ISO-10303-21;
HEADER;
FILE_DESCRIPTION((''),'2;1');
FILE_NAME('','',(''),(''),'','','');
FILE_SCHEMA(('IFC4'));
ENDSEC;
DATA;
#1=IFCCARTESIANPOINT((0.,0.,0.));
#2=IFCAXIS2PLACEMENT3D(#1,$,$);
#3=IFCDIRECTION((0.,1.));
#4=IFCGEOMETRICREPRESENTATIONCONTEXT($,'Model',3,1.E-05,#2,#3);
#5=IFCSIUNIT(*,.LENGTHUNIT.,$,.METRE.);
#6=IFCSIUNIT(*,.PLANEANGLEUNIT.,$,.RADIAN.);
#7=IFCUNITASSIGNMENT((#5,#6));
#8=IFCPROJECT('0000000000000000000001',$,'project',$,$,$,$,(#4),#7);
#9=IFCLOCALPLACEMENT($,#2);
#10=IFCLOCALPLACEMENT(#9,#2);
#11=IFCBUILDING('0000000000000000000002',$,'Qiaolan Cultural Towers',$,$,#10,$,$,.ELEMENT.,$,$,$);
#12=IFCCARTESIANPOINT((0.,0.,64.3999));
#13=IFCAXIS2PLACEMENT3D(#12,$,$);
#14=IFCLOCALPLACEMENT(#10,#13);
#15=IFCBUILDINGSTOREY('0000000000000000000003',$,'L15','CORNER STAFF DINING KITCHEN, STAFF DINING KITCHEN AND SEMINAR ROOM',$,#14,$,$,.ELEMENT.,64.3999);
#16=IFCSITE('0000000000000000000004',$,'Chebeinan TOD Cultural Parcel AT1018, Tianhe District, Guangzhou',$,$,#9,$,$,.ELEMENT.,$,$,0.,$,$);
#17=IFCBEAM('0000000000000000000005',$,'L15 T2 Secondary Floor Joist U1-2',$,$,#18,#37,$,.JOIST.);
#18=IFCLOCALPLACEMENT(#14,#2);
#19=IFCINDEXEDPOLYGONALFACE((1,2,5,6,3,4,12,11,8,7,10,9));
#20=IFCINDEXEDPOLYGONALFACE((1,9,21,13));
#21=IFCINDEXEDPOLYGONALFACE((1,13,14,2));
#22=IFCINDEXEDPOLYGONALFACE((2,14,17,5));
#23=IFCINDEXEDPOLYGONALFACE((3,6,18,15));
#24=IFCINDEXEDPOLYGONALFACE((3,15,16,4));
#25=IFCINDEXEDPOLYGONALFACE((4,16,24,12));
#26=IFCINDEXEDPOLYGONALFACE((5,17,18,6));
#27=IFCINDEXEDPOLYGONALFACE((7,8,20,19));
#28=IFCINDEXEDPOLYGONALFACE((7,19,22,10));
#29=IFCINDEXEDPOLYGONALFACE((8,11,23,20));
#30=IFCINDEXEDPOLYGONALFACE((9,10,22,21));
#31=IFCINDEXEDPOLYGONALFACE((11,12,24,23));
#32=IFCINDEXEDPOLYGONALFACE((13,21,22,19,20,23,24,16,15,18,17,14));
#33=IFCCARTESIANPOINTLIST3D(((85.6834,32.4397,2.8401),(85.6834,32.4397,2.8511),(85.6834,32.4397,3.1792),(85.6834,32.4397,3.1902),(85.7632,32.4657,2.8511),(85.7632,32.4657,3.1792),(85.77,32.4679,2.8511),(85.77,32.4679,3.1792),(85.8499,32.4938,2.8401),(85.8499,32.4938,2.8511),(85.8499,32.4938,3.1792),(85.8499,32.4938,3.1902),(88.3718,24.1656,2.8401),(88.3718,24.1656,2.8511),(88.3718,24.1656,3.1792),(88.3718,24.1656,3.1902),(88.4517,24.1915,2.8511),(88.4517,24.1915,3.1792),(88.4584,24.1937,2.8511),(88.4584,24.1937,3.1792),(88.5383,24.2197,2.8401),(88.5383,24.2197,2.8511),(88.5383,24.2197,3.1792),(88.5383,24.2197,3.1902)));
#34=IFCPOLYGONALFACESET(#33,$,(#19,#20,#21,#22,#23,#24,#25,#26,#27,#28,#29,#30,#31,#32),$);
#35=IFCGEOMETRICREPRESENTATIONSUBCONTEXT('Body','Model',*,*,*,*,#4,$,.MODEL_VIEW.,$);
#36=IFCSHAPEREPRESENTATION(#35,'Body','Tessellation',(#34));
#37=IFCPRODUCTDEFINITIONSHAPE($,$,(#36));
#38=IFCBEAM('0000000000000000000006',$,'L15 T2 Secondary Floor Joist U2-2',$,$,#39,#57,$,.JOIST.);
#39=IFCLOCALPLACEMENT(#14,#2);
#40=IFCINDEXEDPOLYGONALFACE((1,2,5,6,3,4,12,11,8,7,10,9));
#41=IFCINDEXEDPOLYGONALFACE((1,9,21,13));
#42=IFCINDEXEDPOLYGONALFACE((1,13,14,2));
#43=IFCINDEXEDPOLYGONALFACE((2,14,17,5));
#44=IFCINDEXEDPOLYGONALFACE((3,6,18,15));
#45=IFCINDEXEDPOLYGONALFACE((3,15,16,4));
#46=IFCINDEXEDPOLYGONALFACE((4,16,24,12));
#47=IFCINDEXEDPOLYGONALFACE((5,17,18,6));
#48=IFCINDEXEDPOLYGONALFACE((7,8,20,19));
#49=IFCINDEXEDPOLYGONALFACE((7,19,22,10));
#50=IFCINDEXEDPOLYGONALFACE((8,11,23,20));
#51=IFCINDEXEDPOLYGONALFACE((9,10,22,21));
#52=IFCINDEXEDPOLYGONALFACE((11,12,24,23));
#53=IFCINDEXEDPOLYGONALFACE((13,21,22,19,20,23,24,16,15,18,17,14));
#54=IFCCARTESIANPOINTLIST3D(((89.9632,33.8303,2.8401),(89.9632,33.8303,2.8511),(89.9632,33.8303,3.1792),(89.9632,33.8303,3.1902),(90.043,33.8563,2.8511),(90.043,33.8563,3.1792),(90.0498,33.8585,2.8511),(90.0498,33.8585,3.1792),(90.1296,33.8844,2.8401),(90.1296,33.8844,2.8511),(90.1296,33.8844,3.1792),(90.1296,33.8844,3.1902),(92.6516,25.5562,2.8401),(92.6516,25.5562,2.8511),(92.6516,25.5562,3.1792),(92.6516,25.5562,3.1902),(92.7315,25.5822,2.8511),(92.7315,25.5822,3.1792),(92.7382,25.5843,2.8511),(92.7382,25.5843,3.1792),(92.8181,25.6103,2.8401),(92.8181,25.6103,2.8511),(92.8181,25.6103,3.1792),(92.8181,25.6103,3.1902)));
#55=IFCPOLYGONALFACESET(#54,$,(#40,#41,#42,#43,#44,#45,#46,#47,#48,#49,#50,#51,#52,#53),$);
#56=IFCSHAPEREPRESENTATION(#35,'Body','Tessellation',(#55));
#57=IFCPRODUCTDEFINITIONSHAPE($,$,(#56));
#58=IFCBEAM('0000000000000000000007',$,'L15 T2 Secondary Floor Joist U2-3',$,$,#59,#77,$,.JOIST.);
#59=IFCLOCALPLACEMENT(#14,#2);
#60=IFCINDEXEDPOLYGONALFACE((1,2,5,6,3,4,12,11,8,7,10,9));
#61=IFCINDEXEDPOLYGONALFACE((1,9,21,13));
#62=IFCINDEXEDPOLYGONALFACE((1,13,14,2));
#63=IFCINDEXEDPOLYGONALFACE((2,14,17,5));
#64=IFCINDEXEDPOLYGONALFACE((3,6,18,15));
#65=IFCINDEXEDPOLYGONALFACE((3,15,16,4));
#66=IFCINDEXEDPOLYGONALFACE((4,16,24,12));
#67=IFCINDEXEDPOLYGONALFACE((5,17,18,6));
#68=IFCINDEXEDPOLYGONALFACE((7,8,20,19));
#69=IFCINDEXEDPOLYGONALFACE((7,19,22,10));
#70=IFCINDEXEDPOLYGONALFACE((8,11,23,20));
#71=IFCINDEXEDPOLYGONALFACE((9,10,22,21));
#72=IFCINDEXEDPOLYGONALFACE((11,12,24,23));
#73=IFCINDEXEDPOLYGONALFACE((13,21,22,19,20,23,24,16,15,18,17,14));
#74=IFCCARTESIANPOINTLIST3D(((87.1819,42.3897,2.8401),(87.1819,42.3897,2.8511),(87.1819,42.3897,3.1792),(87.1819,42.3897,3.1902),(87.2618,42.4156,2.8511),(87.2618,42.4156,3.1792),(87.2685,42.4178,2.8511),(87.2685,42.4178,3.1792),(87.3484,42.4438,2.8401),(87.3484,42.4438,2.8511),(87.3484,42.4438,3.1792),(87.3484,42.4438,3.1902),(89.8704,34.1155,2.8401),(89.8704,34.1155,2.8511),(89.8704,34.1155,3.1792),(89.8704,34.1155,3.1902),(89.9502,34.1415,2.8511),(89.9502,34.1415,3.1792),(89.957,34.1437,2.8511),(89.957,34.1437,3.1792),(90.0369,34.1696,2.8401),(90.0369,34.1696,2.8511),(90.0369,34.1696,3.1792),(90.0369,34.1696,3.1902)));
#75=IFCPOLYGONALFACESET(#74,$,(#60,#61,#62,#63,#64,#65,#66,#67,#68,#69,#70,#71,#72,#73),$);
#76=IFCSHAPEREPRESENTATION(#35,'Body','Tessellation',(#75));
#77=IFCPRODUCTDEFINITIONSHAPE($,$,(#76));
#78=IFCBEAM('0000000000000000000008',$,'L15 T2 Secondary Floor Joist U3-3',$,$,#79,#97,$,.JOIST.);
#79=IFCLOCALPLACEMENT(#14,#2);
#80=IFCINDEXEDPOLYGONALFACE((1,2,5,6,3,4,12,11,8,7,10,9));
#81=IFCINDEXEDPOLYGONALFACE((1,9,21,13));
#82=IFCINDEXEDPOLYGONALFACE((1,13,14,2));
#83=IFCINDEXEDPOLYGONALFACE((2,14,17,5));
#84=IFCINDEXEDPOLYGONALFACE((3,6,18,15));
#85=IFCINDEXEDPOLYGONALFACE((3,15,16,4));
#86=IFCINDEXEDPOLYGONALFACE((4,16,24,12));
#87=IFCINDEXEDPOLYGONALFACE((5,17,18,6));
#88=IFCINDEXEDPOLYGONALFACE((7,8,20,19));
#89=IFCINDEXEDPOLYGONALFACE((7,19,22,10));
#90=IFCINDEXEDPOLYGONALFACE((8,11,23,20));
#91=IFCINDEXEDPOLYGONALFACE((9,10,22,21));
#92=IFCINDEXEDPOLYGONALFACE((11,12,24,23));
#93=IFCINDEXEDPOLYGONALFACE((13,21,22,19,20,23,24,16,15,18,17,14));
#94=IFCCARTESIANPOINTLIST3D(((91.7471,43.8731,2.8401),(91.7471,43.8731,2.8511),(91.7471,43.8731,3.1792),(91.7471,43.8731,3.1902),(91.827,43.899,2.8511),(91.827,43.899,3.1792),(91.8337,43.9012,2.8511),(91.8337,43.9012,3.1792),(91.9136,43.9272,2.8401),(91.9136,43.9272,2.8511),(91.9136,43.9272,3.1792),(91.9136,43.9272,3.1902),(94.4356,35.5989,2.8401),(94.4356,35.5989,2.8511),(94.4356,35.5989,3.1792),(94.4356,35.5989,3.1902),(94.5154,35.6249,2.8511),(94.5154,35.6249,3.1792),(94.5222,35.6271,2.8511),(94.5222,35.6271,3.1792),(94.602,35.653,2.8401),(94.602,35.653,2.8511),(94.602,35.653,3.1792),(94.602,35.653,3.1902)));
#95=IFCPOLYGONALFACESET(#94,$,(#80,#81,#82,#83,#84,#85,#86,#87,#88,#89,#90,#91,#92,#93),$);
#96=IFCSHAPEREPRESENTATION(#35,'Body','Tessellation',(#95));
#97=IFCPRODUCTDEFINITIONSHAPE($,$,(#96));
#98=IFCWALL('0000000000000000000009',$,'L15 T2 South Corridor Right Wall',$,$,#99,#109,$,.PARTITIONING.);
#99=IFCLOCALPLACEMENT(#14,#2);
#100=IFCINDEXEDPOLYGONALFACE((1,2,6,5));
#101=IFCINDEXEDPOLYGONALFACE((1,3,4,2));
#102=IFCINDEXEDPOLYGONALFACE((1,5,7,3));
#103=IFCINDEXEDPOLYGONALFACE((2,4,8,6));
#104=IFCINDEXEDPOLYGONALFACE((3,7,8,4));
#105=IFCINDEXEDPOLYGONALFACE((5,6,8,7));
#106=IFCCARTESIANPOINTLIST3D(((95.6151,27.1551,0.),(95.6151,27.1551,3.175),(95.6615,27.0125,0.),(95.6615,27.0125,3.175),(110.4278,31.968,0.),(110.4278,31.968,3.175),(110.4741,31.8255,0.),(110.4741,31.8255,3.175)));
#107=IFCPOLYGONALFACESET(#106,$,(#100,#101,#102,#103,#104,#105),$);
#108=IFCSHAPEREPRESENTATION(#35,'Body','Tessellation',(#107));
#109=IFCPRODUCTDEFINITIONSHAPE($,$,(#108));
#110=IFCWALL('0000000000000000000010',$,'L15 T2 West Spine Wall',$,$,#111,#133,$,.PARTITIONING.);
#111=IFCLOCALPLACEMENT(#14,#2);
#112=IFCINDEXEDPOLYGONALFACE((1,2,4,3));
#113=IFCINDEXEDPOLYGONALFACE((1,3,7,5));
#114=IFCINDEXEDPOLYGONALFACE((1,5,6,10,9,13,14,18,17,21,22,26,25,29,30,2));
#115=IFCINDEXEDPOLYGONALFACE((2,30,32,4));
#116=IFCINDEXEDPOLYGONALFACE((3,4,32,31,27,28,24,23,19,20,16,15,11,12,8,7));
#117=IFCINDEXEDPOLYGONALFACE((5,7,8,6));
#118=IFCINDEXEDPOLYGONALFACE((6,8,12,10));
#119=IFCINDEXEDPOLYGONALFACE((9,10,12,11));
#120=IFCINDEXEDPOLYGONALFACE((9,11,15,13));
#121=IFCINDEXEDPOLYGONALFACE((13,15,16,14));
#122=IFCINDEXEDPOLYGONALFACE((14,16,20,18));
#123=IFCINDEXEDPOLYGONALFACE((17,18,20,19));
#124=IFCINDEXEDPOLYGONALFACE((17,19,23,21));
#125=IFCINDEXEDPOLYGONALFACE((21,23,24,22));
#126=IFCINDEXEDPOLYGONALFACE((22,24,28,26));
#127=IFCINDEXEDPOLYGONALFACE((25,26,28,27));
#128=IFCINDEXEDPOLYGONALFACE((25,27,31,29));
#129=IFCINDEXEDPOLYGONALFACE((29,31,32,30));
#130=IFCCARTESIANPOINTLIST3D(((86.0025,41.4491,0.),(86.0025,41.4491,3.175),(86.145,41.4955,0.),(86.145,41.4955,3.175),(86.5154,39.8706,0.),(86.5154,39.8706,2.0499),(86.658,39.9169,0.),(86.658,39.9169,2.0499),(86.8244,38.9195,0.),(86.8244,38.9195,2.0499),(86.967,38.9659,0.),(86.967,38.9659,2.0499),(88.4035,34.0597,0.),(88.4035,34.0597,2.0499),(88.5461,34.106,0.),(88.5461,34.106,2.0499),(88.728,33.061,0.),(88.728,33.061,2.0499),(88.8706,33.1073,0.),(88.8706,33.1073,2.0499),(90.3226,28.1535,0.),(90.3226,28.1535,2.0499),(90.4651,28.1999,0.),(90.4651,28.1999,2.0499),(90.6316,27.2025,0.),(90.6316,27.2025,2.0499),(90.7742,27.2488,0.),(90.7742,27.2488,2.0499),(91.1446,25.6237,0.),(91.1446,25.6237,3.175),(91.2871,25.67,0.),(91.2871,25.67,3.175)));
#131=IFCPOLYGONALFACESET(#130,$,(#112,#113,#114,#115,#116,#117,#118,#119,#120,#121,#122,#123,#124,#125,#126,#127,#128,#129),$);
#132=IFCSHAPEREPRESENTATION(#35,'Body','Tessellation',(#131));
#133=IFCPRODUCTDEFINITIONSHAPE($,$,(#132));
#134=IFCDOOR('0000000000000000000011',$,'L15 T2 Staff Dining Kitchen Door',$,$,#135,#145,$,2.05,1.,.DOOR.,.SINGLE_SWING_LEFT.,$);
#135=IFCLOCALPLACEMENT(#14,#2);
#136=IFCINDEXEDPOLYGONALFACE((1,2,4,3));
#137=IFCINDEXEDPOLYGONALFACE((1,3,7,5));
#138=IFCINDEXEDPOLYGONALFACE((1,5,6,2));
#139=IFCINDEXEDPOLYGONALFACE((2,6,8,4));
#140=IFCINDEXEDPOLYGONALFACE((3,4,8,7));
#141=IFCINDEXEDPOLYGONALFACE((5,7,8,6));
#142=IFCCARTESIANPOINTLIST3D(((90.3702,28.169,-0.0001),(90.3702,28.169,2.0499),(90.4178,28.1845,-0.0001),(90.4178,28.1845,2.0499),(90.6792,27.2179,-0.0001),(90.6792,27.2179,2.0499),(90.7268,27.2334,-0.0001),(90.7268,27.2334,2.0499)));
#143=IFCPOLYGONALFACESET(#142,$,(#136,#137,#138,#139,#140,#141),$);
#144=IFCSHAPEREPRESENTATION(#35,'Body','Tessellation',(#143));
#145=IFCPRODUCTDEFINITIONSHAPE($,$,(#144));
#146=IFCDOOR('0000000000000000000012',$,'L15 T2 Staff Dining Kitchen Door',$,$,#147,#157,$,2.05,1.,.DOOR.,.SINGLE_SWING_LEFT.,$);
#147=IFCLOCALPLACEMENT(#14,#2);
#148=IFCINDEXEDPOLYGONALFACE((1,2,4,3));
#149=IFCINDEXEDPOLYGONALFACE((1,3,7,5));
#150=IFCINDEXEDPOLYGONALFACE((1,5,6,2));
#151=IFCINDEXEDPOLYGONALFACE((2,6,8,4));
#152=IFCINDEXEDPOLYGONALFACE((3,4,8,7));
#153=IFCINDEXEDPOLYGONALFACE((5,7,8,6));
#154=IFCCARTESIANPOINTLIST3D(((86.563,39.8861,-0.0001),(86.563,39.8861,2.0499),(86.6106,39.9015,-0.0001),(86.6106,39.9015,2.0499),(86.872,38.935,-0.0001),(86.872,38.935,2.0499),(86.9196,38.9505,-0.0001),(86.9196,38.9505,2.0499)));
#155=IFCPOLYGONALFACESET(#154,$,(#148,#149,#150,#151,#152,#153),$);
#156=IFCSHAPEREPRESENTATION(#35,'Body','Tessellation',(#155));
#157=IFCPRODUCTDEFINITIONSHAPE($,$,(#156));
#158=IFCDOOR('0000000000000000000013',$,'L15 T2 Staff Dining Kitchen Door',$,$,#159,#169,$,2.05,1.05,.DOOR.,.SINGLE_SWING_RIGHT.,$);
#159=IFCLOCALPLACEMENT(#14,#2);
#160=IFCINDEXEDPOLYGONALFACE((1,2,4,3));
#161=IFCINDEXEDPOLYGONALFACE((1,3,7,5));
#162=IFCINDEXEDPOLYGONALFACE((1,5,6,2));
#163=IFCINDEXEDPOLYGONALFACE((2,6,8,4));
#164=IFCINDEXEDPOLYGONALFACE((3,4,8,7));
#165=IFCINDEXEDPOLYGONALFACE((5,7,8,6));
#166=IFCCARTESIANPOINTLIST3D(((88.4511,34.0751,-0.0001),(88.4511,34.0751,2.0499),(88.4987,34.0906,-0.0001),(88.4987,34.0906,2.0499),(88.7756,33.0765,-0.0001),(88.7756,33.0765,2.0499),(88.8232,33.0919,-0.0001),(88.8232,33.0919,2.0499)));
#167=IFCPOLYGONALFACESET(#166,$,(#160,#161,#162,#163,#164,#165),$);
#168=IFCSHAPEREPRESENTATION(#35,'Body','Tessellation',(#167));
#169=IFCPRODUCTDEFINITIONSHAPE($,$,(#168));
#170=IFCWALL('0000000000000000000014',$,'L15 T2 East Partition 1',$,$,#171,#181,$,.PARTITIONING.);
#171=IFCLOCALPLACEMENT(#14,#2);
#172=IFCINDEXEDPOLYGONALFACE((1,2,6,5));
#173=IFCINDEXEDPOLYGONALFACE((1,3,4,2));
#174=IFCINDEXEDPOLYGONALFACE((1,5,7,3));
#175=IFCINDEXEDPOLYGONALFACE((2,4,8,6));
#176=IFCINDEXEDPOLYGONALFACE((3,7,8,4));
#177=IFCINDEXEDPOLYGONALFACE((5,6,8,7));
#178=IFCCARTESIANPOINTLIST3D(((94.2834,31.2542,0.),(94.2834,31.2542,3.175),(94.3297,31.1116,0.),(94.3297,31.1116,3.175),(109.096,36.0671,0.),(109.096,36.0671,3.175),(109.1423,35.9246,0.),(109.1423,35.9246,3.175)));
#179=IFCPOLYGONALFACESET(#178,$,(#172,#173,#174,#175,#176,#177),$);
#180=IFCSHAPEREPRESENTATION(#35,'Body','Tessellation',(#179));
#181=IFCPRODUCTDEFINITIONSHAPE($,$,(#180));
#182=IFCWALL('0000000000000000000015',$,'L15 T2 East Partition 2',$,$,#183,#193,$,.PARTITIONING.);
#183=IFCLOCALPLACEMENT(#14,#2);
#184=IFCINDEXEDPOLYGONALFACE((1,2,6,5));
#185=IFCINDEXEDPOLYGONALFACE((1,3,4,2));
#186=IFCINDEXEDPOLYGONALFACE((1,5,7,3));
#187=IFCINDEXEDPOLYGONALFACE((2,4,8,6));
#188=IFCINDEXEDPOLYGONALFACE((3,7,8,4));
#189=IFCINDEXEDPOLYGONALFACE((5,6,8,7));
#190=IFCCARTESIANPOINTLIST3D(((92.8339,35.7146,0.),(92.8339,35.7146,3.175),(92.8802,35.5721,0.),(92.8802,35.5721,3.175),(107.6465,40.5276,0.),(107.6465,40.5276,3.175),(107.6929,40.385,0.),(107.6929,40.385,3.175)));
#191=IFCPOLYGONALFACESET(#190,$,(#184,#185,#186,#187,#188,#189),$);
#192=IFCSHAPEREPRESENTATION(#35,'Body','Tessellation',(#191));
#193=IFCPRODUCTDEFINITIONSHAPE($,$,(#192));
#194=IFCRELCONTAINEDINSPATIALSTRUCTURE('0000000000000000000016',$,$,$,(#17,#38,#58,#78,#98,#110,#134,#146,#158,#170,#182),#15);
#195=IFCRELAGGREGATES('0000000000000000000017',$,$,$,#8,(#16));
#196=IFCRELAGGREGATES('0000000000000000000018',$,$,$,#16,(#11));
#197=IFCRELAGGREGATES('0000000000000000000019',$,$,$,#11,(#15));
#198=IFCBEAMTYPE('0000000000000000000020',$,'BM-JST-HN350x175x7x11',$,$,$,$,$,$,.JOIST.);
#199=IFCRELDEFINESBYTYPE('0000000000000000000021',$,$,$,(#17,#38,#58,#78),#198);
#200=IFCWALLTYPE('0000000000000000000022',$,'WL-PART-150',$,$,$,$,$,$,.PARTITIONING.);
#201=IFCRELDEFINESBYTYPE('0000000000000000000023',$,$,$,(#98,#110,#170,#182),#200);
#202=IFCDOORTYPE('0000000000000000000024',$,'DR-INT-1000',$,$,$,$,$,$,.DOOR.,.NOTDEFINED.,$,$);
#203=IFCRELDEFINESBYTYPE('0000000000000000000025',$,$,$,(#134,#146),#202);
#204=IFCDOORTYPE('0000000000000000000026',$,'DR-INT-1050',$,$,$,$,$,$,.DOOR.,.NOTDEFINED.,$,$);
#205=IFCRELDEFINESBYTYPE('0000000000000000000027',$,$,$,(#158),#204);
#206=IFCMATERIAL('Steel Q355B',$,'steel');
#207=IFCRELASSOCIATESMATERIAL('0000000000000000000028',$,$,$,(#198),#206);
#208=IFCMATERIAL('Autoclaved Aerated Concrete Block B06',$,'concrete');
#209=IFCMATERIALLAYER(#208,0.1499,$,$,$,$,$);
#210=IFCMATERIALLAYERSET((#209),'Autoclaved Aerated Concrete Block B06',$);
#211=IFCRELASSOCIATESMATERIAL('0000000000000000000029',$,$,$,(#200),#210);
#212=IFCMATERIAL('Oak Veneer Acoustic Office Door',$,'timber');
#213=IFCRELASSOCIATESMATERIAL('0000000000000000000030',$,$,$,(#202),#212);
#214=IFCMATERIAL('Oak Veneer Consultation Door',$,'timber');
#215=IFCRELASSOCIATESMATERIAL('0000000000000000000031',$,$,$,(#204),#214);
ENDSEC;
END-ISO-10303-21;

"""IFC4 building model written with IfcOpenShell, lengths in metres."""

from ifc_helpers import new_model, si_unit, direction, frame, frame_2d, origin, origin_2d, place, context, subcontext, project, spatial, rectangle, i_section, extrude, material, layer, layer_set, material_profile, profile_set, type_object, element, fill, save


model = new_model("IFC4")

# Units and contexts
model_context = context("Model", 3, precision=1e-05, world=origin(), true_north=direction((0.0, 1.0)))
body_context = subcontext(model_context, "Body", "Model", "MODEL_VIEW")
ifc_project = project(units=[si_unit("LENGTHUNIT", "METRE"), si_unit("PLANEANGLEUNIT", "RADIAN")], contexts=[model_context])

# Site, building, storey
site_placement = place(None, origin())
site = spatial("IfcSite", under=ifc_project, at=site_placement, Name="Chebeinan TOD Cultural Parcel AT1018, Tianhe District, Guangzhou", CompositionType="ELEMENT", RefElevation=0.0)
building_placement = place(site_placement, origin())
building = spatial("IfcBuilding", under=site, at=building_placement, Name="Qiaolan Cultural Towers", CompositionType="ELEMENT")
storey_placement = place(building_placement, frame((0.0, 0.0, 64.3999)))
storey = spatial("IfcBuildingStorey", under=building, at=storey_placement, Name="L15", Description="CORNER STAFF DINING KITCHEN, STAFF DINING KITCHEN AND SEMINAR ROOM", CompositionType="ELEMENT", Elevation=64.3999)

# Beams
ifc_material_1 = material(Name="Steel Q355B", Category="steel")
ifc_material_profile = material_profile(ifc_material_1, i_section(OverallWidth=0.175, OverallDepth=0.3501, WebThickness=0.0071, FlangeThickness=0.011, at=origin_2d()), Name="HN350x175x7x11")
ifc_profile_set = profile_set([ifc_material_profile], Name="Steel Q355B")
beam_type = type_object("IfcBeamType", Name="BM-JST-HN350x175x7x11", PredefinedType="JOIST", material=ifc_profile_set)
for number, where, z_axis, x_axis, name in (
    (1, (88.4551, 24.1926, 3.0151), (-0.309021, 0.951055, 0.0), (-0.951055, -0.309021, 0.0), "L15 T2 Secondary Floor Joist U1-2"),
    (2, (92.7349, 25.5833, 3.0151), (-0.309021, 0.951055, 0.0), (-0.951055, -0.309021, 0.0), "L15 T2 Secondary Floor Joist U2-2"),
    (3, (89.9536, 34.1426, 3.0151), (-0.309021, 0.951055, 0.0), (-0.951055, -0.309021, 0.0), "L15 T2 Secondary Floor Joist U2-3"),
    (4, (94.5188, 35.626, 3.0151), (-0.309021, 0.951055, 0.0), (-0.951055, -0.309021, 0.0), "L15 T2 Secondary Floor Joist U3-3"),
):
    element("IfcBeam", number, at=place(storey_placement, frame(where, z_axis=z_axis, x_axis=x_axis)), inside=storey, type_object=beam_type, Name=name, PredefinedType="JOIST", context=body_context, shape_type="SweptSolid", body=[
        extrude(i_section(OverallWidth=0.175, OverallDepth=0.3501, WebThickness=0.0071, FlangeThickness=0.011, at=origin_2d()), origin(), (0.0, 0.0, 1.0), 8.7),
    ])

# Wall
ifc_material_2 = material(Name="Autoclaved Aerated Concrete Block B06", Category="concrete")
ifc_layer = layer(ifc_material_2, 0.1499)
ifc_layer_set = layer_set([ifc_layer], Name="Autoclaved Aerated Concrete Block B06")
wall_type = type_object("IfcWallType", Name="WL-PART-150", PredefinedType="PARTITIONING", material=ifc_layer_set)
wall_1_placement = place(storey_placement, frame((95.6382, 27.0837, 0.0), z_axis=(0.0, 0.0, 1.0), x_axis=(0.951056, 0.309019, 0.0)))
element("IfcWall", 5, at=wall_1_placement, inside=storey, type_object=wall_type, Name="L15 T2 South Corridor Right Wall", PredefinedType="PARTITIONING", context=body_context, shape_type="SweptSolid", body=[
    extrude(rectangle(XDim=15.575, YDim=0.1499, at=frame_2d((7.7876, 0.0))), origin(), (0.0, 0.0, 1.0), 3.175),
])

# Wall, openings, doors
wall_2_placement = place(storey_placement, frame((91.2158, 25.647, 0.0), z_axis=(0.0, 0.0, 1.0), x_axis=(-0.309022, 0.951055, 0.0)))
wall_2 = element("IfcWall", 6, at=wall_2_placement, inside=storey, type_object=wall_type, Name="L15 T2 West Spine Wall", PredefinedType="PARTITIONING", context=body_context, shape_type="SweptSolid", body=[
    extrude(rectangle(XDim=16.6399, YDim=0.1499, at=frame_2d((8.3198, 0.0))), origin(), (0.0, 0.0, 1.0), 3.175),
])
opening_1_placement = place(wall_2_placement, frame((1.6599, 0.0, 0.0)))
opening_1 = element("IfcOpeningElement", 7, at=opening_1_placement, cuts=wall_2, PredefinedType="OPENING", context=body_context, shape_type="SweptSolid", body=[
    extrude(rectangle(XDim=1.0, YDim=2.05, at=frame_2d((0.5, 1.0249))), frame((0.0, 0.085, 0.0), z_axis=(0.0, -1.0, 0.0), x_axis=(1.0, 0.0, 0.0)), (0.0, 0.0, 1.0), 0.1699),
])
opening_2_placement = place(wall_2_placement, frame((7.8201, 0.0, 0.0)))
opening_2 = element("IfcOpeningElement", 8, at=opening_2_placement, cuts=wall_2, PredefinedType="OPENING", context=body_context, shape_type="SweptSolid", body=[
    extrude(rectangle(XDim=1.05, YDim=2.05, at=frame_2d((0.5249, 1.0249))), frame((0.0, 0.085, 0.0), z_axis=(0.0, -1.0, 0.0), x_axis=(1.0, 0.0, 0.0)), (0.0, 0.0, 1.0), 0.1699),
])
opening_3_placement = place(wall_2_placement, frame((13.98, 0.0, 0.0)))
opening_3 = element("IfcOpeningElement", 9, at=opening_3_placement, cuts=wall_2, PredefinedType="OPENING", context=body_context, shape_type="SweptSolid", body=[
    extrude(rectangle(XDim=1.0, YDim=2.05, at=frame_2d((0.5, 1.0249))), frame((0.0, 0.085, 0.0), z_axis=(0.0, -1.0, 0.0), x_axis=(1.0, 0.0, 0.0)), (0.0, 0.0, 1.0), 0.1699),
])
ifc_material_3 = material(Name="Oak Veneer Acoustic Office Door", Category="timber")
door_type_1 = type_object("IfcDoorType", Name="DR-INT-1000", OperationType="NOTDEFINED", PredefinedType="DOOR", material=ifc_material_3)
door_1_placement = place(opening_1_placement, origin())
door_1 = element("IfcDoor", 10, at=door_1_placement, inside=storey, type_object=door_type_1, Name="L15 T2 Staff Dining Kitchen Door", OperationType="SINGLE_SWING_LEFT", OverallHeight=2.05, OverallWidth=1.0, PredefinedType="DOOR", context=body_context, shape_type="SweptSolid", body=[
    extrude(rectangle(XDim=1.0, YDim=2.05, at=frame_2d((0.5, 1.0249))), frame((0.0, 0.0249, 0.0), z_axis=(0.0, -1.0, 0.0), x_axis=(1.0, 0.0, 0.0)), (0.0, 0.0, 1.0), 0.05),
])
fill(opening_1, door_1)
door_2_placement = place(opening_3_placement, origin())
door_2 = element("IfcDoor", 11, at=door_2_placement, inside=storey, type_object=door_type_1, Name="L15 T2 Staff Dining Kitchen Door", OperationType="SINGLE_SWING_LEFT", OverallHeight=2.05, OverallWidth=1.0, PredefinedType="DOOR", context=body_context, shape_type="SweptSolid", body=[
    extrude(rectangle(XDim=1.0, YDim=2.05, at=frame_2d((0.5, 1.0249))), frame((0.0, 0.0249, 0.0), z_axis=(0.0, -1.0, 0.0), x_axis=(1.0, 0.0, 0.0)), (0.0, 0.0, 1.0), 0.05),
])
fill(opening_3, door_2)
ifc_material_4 = material(Name="Oak Veneer Consultation Door", Category="timber")
door_type_2 = type_object("IfcDoorType", Name="DR-INT-1050", OperationType="NOTDEFINED", PredefinedType="DOOR", material=ifc_material_4)
door_3_placement = place(opening_2_placement, origin())
door_3 = element("IfcDoor", 12, at=door_3_placement, inside=storey, type_object=door_type_2, Name="L15 T2 Staff Dining Kitchen Door", OperationType="SINGLE_SWING_RIGHT", OverallHeight=2.05, OverallWidth=1.05, PredefinedType="DOOR", context=body_context, shape_type="SweptSolid", body=[
    extrude(rectangle(XDim=1.05, YDim=2.05, at=frame_2d((0.5249, 1.0249))), frame((0.0, 0.0249, 0.0), z_axis=(0.0, -1.0, 0.0), x_axis=(1.0, 0.0, 0.0)), (0.0, 0.0, 1.0), 0.05),
])
fill(opening_2, door_3)

# Walls
for number, where, z_axis, x_axis, name in (
    (13, (94.3064, 31.1829, 0.0), (0.0, 0.0, 1.0), (0.951056, 0.309019, 0.0), "L15 T2 East Partition 1"),
    (14, (92.8569, 35.6433, 0.0), (0.0, 0.0, 1.0), (0.951056, 0.309019, 0.0), "L15 T2 East Partition 2"),
):
    element("IfcWall", number, at=place(storey_placement, frame(where, z_axis=z_axis, x_axis=x_axis)), inside=storey, type_object=wall_type, Name=name, PredefinedType="PARTITIONING", context=body_context, shape_type="SweptSolid", body=[
        extrude(rectangle(XDim=15.575, YDim=0.1499, at=frame_2d((7.7876, 0.0))), origin(), (0.0, 0.0, 1.0), 3.175),
    ])

save(model, "model.ifc")
